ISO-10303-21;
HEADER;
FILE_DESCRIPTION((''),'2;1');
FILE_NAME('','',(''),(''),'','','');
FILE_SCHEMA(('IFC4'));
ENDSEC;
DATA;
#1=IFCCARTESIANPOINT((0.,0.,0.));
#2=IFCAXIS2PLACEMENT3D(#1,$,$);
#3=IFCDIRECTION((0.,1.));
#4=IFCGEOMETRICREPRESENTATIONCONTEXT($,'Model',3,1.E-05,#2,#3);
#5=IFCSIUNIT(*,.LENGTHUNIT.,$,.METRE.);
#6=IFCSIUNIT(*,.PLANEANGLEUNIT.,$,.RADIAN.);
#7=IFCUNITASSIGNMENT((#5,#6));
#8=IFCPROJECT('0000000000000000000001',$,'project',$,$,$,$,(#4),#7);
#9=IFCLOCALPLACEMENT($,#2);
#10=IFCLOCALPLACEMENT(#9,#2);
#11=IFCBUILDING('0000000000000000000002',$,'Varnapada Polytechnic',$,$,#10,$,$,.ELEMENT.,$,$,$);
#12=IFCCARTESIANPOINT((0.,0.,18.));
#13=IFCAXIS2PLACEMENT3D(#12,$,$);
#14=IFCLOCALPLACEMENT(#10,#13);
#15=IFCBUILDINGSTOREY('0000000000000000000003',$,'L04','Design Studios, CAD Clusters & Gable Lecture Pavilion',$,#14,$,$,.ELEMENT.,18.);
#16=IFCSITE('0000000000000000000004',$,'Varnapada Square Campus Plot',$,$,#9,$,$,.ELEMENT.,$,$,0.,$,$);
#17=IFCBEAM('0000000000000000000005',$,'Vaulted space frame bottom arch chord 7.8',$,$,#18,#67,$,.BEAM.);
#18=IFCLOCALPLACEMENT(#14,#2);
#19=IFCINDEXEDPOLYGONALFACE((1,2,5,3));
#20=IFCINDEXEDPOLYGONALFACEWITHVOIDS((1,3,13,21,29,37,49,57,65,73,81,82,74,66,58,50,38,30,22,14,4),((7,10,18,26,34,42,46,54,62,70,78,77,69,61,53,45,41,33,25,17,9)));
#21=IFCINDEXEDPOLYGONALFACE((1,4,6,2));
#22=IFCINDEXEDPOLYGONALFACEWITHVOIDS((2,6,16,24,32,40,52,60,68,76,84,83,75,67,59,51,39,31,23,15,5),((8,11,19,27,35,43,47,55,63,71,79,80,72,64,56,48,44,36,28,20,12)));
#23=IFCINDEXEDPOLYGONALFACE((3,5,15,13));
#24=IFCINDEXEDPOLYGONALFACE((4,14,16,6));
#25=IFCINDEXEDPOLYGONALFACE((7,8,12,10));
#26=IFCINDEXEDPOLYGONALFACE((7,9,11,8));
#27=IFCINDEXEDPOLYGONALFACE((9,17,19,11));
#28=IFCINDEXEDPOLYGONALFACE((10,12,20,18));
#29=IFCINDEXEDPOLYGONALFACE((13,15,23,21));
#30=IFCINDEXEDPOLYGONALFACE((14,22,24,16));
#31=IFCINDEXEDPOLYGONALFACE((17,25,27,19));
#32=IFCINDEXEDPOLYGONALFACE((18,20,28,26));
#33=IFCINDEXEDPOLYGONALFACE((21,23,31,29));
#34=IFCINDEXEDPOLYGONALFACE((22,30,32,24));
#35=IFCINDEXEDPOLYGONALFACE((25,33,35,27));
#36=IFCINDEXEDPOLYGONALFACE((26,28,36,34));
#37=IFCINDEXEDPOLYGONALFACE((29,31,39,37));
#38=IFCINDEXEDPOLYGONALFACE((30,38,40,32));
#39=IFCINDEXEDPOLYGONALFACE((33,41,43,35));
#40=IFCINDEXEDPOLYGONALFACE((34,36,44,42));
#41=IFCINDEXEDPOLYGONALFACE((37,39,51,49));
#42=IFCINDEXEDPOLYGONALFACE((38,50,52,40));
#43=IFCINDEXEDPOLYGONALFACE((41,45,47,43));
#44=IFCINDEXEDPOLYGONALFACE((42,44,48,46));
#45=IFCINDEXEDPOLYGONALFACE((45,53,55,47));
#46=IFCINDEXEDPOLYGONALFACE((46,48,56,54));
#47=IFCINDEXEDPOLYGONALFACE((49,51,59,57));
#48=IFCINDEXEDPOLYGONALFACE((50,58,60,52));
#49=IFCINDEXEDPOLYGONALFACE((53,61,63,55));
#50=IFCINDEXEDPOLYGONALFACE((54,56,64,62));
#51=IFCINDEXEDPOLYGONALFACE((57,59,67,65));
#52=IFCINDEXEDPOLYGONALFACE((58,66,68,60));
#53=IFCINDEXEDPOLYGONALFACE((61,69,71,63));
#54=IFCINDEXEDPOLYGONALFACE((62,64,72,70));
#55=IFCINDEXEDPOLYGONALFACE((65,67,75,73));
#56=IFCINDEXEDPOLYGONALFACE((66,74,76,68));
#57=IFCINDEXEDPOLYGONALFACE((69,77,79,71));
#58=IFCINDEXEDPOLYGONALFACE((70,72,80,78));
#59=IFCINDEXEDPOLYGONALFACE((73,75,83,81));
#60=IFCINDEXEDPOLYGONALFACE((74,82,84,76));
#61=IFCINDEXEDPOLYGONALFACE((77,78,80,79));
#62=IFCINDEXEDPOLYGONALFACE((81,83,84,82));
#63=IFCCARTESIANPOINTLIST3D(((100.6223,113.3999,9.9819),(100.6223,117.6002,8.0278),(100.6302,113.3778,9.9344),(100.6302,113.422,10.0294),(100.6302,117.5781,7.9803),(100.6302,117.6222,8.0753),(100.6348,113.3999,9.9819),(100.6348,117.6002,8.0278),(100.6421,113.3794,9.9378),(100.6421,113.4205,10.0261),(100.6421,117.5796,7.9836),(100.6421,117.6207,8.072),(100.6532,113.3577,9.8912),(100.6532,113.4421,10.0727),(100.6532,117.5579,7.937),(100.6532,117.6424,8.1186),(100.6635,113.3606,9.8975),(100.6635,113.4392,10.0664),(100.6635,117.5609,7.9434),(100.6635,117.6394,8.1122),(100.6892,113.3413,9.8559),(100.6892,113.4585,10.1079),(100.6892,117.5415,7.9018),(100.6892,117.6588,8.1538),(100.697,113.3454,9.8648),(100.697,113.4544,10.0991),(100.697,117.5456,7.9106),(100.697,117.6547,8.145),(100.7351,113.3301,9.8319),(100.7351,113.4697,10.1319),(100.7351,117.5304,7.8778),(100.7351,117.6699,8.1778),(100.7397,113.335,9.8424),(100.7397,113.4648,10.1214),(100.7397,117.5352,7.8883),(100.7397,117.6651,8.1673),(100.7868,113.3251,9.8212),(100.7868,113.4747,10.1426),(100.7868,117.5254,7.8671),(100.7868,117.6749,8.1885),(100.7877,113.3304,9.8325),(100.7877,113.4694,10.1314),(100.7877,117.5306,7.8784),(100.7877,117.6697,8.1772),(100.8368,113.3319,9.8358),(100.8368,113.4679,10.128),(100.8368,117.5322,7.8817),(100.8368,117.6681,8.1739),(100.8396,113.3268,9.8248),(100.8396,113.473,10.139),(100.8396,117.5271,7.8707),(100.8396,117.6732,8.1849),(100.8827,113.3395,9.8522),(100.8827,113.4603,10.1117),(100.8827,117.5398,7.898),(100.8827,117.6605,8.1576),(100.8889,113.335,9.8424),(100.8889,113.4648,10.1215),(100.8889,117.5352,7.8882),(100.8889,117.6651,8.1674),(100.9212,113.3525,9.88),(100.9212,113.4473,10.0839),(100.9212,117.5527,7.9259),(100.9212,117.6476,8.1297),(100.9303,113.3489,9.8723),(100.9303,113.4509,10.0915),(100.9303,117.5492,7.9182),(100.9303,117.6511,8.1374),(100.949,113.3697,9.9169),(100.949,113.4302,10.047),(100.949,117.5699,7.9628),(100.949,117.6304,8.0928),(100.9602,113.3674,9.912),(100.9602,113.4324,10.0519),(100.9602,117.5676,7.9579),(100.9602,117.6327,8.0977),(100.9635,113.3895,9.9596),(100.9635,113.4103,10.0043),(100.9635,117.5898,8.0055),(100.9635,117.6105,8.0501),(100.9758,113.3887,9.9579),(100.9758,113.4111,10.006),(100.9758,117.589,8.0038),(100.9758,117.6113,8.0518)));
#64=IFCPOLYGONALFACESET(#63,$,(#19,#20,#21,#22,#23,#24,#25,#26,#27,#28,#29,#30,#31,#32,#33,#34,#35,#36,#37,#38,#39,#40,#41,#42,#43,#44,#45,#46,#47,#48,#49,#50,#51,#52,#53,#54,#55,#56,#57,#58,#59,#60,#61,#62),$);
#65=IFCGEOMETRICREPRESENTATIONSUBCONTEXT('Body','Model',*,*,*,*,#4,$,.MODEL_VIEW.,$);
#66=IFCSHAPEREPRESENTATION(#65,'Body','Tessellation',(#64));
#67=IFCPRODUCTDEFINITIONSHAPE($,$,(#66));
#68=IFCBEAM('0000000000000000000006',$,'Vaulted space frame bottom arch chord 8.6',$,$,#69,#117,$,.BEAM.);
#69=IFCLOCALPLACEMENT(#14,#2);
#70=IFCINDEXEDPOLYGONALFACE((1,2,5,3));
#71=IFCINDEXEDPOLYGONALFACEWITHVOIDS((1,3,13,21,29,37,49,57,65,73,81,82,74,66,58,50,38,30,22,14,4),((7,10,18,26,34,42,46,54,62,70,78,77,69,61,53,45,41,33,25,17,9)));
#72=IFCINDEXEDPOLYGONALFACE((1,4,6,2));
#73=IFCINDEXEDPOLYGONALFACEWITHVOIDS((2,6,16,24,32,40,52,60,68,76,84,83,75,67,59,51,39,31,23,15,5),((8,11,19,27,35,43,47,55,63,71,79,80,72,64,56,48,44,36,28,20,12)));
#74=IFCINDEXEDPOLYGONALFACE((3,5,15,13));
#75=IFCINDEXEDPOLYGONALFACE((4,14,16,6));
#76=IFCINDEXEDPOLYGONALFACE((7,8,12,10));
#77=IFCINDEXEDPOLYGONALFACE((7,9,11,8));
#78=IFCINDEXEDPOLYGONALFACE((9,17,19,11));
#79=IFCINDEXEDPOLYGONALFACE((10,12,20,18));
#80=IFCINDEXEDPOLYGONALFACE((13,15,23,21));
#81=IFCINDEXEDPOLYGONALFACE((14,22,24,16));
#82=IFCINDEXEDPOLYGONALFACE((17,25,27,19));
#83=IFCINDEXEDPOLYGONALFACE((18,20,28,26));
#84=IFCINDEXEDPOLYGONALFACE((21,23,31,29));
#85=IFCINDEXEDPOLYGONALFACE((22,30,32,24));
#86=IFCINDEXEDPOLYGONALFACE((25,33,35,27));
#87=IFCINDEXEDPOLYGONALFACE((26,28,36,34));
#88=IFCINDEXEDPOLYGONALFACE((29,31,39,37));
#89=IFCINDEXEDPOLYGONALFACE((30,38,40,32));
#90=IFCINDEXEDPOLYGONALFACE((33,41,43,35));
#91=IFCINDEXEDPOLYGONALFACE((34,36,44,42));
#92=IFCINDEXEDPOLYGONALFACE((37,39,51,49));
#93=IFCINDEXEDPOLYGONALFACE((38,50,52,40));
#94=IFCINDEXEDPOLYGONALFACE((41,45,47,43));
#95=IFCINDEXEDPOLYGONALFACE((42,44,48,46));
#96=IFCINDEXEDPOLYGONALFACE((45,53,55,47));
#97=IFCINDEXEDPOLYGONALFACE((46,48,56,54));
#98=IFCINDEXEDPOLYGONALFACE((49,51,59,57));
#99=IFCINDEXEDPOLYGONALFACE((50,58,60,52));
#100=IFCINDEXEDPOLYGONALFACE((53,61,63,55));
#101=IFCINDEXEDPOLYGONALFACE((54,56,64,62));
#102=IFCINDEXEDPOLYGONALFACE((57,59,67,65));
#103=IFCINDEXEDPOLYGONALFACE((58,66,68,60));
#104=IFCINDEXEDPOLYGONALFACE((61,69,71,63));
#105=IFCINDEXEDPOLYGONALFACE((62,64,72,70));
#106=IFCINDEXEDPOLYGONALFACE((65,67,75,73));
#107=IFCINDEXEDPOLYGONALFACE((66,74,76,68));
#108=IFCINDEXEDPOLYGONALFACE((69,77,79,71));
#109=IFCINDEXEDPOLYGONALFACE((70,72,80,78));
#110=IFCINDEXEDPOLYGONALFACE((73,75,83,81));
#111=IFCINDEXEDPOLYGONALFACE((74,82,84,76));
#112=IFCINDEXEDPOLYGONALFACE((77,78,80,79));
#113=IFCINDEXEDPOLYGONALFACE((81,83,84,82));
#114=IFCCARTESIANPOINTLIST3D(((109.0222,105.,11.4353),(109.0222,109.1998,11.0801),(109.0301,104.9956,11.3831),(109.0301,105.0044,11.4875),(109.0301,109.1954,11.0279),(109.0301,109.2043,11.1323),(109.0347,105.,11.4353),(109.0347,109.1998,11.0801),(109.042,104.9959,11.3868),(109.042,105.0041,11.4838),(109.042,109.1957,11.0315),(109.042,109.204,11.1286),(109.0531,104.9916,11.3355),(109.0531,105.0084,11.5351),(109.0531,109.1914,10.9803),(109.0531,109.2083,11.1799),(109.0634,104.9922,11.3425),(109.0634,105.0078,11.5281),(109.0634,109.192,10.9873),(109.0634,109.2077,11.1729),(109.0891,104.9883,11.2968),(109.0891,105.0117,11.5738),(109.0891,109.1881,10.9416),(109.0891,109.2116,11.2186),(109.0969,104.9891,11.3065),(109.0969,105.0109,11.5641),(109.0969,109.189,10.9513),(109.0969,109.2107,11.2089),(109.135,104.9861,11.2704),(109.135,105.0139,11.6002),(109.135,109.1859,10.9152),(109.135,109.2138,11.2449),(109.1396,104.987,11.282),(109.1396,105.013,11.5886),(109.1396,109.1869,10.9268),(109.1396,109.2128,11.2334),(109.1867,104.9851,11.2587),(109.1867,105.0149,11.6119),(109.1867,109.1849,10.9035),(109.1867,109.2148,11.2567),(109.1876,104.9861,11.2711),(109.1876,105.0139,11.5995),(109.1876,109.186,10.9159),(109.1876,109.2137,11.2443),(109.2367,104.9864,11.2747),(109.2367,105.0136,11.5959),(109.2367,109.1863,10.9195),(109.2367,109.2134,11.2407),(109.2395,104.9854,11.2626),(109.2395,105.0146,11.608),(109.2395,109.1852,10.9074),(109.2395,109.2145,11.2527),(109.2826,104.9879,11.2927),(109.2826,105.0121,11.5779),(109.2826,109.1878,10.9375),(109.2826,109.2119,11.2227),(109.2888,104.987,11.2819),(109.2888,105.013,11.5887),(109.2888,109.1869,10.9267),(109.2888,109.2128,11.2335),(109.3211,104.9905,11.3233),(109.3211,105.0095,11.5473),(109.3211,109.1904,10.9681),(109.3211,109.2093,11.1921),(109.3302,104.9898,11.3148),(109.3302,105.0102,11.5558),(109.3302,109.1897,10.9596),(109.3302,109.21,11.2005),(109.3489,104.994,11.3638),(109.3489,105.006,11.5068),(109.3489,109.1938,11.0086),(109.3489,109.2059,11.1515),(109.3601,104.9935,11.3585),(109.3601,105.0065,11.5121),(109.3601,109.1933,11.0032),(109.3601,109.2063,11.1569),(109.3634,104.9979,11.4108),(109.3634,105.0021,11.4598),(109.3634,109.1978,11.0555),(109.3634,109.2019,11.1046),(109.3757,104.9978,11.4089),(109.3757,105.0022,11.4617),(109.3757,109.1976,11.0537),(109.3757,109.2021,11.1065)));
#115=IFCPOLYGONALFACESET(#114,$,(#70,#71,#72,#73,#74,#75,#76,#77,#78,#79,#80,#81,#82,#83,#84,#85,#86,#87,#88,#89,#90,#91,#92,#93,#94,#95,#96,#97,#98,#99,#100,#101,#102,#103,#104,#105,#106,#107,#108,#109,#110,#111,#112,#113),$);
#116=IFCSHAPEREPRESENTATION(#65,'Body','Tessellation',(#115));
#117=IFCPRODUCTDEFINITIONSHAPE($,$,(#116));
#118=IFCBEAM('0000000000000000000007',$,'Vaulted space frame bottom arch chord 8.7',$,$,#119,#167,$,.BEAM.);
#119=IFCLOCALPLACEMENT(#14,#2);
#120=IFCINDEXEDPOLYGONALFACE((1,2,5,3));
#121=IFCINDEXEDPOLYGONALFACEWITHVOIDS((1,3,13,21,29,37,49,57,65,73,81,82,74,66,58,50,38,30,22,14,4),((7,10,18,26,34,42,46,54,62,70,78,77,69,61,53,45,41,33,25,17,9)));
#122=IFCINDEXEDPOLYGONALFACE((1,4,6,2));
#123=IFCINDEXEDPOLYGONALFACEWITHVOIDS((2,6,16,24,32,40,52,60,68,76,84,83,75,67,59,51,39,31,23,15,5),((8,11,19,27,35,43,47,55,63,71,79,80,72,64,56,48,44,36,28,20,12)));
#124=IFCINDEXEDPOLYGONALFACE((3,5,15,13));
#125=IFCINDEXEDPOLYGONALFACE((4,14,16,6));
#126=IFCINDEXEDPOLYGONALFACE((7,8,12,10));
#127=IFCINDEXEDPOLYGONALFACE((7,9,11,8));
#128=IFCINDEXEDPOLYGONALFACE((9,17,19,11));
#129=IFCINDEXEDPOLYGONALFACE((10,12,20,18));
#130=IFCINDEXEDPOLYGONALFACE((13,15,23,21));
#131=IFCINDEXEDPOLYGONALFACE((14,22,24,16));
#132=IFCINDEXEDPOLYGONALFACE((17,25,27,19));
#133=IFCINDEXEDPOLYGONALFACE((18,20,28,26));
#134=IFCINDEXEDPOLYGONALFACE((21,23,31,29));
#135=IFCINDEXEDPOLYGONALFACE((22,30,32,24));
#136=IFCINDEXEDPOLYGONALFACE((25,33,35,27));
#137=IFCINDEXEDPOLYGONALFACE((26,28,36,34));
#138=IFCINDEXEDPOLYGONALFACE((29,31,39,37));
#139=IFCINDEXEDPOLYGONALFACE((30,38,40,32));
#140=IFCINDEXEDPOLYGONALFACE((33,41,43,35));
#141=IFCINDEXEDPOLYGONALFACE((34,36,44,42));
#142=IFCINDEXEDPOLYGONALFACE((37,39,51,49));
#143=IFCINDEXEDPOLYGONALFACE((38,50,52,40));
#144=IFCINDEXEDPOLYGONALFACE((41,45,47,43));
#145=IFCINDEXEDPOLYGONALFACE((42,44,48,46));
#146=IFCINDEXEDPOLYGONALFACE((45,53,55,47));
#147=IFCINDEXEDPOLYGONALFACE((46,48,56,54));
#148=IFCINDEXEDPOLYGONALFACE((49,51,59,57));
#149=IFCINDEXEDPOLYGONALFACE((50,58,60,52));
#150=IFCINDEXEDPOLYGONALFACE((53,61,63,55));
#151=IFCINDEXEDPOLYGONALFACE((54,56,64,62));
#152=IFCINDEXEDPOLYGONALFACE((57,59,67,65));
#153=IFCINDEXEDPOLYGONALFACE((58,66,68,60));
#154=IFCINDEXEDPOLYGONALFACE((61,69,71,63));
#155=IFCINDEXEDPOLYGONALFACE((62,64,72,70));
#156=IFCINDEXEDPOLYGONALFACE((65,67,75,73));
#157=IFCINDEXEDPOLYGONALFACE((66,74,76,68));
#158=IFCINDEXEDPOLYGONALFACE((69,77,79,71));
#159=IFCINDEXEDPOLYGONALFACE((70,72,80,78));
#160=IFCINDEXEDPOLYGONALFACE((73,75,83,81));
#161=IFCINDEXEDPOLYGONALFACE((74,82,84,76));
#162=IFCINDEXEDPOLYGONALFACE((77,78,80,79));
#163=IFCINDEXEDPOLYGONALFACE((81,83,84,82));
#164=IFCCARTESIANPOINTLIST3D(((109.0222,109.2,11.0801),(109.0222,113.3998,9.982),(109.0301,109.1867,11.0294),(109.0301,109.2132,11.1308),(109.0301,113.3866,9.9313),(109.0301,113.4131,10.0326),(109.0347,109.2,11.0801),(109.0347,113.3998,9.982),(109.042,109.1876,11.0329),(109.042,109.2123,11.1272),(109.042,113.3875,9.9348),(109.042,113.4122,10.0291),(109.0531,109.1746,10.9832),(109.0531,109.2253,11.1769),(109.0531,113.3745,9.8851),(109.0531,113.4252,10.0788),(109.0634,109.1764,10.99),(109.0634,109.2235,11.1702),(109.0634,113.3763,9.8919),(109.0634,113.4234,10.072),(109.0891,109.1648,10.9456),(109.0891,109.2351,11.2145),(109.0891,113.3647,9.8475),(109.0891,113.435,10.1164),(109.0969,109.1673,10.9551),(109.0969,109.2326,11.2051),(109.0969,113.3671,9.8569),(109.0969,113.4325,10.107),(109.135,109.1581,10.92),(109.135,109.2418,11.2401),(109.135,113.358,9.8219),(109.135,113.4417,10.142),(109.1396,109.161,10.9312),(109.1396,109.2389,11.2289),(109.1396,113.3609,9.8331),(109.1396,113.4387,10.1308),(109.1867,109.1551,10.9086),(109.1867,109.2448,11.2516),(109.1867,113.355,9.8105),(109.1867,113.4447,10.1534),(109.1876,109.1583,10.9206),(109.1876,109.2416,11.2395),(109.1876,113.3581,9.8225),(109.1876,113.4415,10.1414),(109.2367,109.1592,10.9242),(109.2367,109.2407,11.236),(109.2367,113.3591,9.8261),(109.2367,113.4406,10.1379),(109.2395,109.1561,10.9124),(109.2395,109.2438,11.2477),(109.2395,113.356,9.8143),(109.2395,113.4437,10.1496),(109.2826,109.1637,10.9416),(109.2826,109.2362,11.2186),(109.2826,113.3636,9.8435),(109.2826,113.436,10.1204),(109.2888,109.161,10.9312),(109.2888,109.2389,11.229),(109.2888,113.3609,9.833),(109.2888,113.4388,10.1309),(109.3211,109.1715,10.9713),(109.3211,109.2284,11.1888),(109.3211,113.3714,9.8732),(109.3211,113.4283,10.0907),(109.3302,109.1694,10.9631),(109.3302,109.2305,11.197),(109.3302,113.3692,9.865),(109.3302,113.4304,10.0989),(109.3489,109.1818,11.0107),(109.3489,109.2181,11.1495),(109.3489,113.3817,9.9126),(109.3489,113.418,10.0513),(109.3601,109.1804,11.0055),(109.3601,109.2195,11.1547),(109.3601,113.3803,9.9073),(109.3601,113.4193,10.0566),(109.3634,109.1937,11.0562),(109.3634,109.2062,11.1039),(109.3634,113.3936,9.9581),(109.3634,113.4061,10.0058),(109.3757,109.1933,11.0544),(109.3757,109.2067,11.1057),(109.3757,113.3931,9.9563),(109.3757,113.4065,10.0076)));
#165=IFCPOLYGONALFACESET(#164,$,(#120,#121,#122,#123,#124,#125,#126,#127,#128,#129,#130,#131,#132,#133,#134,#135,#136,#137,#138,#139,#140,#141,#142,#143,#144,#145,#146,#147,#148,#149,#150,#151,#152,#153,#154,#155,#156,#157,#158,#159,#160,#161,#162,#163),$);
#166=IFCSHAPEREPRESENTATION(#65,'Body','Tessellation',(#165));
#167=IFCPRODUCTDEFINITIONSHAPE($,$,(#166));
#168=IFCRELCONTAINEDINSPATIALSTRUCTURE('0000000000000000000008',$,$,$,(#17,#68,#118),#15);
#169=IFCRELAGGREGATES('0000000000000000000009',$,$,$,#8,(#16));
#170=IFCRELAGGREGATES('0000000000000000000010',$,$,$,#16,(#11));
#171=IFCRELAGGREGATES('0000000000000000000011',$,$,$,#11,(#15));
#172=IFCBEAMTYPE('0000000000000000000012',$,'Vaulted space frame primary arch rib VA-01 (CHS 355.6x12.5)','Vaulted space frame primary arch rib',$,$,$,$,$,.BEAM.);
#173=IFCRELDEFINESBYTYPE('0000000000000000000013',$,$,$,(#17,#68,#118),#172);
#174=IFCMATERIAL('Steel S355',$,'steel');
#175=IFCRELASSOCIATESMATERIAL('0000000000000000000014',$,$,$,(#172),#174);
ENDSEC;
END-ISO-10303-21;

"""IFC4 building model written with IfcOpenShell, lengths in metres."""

from ifc_helpers import new_model, si_unit, direction, frame, origin, origin_2d, place, context, subcontext, project, spatial, hollow_circle, extrude, material, material_profile, profile_set, type_object, element, save


model = new_model("IFC4")

# Units and contexts
model_context = context("Model", 3, precision=1e-05, world=origin(), true_north=direction((0.0, 1.0)))
body_context = subcontext(model_context, "Body", "Model", "MODEL_VIEW")
ifc_project = project(units=[si_unit("LENGTHUNIT", "METRE"), si_unit("PLANEANGLEUNIT", "RADIAN")], contexts=[model_context])

# Site, building, storey
site_placement = place(None, origin())
site = spatial("IfcSite", under=ifc_project, at=site_placement, Name="Varnapada Square Campus Plot", CompositionType="ELEMENT", RefElevation=0.0)
building_placement = place(site_placement, origin())
building = spatial("IfcBuilding", under=site, at=building_placement, Name="Varnapada Polytechnic", CompositionType="ELEMENT")
storey_placement = place(building_placement, frame((0.0, 0.0, 18.0)))
storey = spatial("IfcBuildingStorey", under=building, at=storey_placement, Name="L04", Description="Design Studios, CAD Clusters & Gable Lecture Pavilion", CompositionType="ELEMENT", Elevation=18.0)

# Shared definitions
ifc_material = material(Name="Steel S355", Category="steel")

# Beams
ifc_material_profile_1 = material_profile(ifc_material, hollow_circle(Radius=0.1777, WallThickness=0.0125, at=origin_2d()), Name="CHS 355.6x12.5")
ifc_profile_set_1 = profile_set([ifc_material_profile_1], Name="Steel S355")
beam_type_1 = type_object("IfcBeamType", Name="Vaulted space frame primary arch rib VA-01 (CHS 355.6x12.5)", Description="Vaulted space frame primary arch rib", PredefinedType="BEAM", material=ifc_profile_set_1)
beam_1_placement = place(storey_placement, frame((100.8, 113.3999, 9.9819), z_axis=(0.0, 0.906678, -0.421823), x_axis=(-1.0, 0.0, 0.0)))
element("IfcBeam", 1, at=beam_1_placement, inside=storey, type_object=beam_type_1, Name="Vaulted space frame bottom arch chord 7.8", PredefinedType="BEAM", context=body_context, shape_type="SweptSolid", body=[
    extrude(hollow_circle(Radius=0.1777, WallThickness=0.0125, at=origin_2d()), origin(), (0.0, 0.0, 1.0), 4.6326),
])
beam_2_placement = place(storey_placement, frame((109.2, 105.0, 11.4353), z_axis=(0.0, 0.996442, -0.084277), x_axis=(-1.0, 0.0, 0.0)))
element("IfcBeam", 2, at=beam_2_placement, inside=storey, type_object=beam_type_1, Name="Vaulted space frame bottom arch chord 8.6", PredefinedType="BEAM", context=body_context, shape_type="SweptSolid", body=[
    extrude(hollow_circle(Radius=0.1777, WallThickness=0.0125, at=origin_2d()), origin(), (0.0, 0.0, 1.0), 4.2148),
])
beam_3_placement = place(storey_placement, frame((109.2, 109.2, 11.0801), z_axis=(0.0, 0.967476, -0.252962), x_axis=(-1.0, 0.0, 0.0)))
element("IfcBeam", 3, at=beam_3_placement, inside=storey, type_object=beam_type_1, Name="Vaulted space frame bottom arch chord 8.7", PredefinedType="BEAM", context=body_context, shape_type="SweptSolid", body=[
    extrude(hollow_circle(Radius=0.1777, WallThickness=0.0125, at=origin_2d()), origin(), (0.0, 0.0, 1.0), 4.3411),
])

save(model, "model.ifc")
